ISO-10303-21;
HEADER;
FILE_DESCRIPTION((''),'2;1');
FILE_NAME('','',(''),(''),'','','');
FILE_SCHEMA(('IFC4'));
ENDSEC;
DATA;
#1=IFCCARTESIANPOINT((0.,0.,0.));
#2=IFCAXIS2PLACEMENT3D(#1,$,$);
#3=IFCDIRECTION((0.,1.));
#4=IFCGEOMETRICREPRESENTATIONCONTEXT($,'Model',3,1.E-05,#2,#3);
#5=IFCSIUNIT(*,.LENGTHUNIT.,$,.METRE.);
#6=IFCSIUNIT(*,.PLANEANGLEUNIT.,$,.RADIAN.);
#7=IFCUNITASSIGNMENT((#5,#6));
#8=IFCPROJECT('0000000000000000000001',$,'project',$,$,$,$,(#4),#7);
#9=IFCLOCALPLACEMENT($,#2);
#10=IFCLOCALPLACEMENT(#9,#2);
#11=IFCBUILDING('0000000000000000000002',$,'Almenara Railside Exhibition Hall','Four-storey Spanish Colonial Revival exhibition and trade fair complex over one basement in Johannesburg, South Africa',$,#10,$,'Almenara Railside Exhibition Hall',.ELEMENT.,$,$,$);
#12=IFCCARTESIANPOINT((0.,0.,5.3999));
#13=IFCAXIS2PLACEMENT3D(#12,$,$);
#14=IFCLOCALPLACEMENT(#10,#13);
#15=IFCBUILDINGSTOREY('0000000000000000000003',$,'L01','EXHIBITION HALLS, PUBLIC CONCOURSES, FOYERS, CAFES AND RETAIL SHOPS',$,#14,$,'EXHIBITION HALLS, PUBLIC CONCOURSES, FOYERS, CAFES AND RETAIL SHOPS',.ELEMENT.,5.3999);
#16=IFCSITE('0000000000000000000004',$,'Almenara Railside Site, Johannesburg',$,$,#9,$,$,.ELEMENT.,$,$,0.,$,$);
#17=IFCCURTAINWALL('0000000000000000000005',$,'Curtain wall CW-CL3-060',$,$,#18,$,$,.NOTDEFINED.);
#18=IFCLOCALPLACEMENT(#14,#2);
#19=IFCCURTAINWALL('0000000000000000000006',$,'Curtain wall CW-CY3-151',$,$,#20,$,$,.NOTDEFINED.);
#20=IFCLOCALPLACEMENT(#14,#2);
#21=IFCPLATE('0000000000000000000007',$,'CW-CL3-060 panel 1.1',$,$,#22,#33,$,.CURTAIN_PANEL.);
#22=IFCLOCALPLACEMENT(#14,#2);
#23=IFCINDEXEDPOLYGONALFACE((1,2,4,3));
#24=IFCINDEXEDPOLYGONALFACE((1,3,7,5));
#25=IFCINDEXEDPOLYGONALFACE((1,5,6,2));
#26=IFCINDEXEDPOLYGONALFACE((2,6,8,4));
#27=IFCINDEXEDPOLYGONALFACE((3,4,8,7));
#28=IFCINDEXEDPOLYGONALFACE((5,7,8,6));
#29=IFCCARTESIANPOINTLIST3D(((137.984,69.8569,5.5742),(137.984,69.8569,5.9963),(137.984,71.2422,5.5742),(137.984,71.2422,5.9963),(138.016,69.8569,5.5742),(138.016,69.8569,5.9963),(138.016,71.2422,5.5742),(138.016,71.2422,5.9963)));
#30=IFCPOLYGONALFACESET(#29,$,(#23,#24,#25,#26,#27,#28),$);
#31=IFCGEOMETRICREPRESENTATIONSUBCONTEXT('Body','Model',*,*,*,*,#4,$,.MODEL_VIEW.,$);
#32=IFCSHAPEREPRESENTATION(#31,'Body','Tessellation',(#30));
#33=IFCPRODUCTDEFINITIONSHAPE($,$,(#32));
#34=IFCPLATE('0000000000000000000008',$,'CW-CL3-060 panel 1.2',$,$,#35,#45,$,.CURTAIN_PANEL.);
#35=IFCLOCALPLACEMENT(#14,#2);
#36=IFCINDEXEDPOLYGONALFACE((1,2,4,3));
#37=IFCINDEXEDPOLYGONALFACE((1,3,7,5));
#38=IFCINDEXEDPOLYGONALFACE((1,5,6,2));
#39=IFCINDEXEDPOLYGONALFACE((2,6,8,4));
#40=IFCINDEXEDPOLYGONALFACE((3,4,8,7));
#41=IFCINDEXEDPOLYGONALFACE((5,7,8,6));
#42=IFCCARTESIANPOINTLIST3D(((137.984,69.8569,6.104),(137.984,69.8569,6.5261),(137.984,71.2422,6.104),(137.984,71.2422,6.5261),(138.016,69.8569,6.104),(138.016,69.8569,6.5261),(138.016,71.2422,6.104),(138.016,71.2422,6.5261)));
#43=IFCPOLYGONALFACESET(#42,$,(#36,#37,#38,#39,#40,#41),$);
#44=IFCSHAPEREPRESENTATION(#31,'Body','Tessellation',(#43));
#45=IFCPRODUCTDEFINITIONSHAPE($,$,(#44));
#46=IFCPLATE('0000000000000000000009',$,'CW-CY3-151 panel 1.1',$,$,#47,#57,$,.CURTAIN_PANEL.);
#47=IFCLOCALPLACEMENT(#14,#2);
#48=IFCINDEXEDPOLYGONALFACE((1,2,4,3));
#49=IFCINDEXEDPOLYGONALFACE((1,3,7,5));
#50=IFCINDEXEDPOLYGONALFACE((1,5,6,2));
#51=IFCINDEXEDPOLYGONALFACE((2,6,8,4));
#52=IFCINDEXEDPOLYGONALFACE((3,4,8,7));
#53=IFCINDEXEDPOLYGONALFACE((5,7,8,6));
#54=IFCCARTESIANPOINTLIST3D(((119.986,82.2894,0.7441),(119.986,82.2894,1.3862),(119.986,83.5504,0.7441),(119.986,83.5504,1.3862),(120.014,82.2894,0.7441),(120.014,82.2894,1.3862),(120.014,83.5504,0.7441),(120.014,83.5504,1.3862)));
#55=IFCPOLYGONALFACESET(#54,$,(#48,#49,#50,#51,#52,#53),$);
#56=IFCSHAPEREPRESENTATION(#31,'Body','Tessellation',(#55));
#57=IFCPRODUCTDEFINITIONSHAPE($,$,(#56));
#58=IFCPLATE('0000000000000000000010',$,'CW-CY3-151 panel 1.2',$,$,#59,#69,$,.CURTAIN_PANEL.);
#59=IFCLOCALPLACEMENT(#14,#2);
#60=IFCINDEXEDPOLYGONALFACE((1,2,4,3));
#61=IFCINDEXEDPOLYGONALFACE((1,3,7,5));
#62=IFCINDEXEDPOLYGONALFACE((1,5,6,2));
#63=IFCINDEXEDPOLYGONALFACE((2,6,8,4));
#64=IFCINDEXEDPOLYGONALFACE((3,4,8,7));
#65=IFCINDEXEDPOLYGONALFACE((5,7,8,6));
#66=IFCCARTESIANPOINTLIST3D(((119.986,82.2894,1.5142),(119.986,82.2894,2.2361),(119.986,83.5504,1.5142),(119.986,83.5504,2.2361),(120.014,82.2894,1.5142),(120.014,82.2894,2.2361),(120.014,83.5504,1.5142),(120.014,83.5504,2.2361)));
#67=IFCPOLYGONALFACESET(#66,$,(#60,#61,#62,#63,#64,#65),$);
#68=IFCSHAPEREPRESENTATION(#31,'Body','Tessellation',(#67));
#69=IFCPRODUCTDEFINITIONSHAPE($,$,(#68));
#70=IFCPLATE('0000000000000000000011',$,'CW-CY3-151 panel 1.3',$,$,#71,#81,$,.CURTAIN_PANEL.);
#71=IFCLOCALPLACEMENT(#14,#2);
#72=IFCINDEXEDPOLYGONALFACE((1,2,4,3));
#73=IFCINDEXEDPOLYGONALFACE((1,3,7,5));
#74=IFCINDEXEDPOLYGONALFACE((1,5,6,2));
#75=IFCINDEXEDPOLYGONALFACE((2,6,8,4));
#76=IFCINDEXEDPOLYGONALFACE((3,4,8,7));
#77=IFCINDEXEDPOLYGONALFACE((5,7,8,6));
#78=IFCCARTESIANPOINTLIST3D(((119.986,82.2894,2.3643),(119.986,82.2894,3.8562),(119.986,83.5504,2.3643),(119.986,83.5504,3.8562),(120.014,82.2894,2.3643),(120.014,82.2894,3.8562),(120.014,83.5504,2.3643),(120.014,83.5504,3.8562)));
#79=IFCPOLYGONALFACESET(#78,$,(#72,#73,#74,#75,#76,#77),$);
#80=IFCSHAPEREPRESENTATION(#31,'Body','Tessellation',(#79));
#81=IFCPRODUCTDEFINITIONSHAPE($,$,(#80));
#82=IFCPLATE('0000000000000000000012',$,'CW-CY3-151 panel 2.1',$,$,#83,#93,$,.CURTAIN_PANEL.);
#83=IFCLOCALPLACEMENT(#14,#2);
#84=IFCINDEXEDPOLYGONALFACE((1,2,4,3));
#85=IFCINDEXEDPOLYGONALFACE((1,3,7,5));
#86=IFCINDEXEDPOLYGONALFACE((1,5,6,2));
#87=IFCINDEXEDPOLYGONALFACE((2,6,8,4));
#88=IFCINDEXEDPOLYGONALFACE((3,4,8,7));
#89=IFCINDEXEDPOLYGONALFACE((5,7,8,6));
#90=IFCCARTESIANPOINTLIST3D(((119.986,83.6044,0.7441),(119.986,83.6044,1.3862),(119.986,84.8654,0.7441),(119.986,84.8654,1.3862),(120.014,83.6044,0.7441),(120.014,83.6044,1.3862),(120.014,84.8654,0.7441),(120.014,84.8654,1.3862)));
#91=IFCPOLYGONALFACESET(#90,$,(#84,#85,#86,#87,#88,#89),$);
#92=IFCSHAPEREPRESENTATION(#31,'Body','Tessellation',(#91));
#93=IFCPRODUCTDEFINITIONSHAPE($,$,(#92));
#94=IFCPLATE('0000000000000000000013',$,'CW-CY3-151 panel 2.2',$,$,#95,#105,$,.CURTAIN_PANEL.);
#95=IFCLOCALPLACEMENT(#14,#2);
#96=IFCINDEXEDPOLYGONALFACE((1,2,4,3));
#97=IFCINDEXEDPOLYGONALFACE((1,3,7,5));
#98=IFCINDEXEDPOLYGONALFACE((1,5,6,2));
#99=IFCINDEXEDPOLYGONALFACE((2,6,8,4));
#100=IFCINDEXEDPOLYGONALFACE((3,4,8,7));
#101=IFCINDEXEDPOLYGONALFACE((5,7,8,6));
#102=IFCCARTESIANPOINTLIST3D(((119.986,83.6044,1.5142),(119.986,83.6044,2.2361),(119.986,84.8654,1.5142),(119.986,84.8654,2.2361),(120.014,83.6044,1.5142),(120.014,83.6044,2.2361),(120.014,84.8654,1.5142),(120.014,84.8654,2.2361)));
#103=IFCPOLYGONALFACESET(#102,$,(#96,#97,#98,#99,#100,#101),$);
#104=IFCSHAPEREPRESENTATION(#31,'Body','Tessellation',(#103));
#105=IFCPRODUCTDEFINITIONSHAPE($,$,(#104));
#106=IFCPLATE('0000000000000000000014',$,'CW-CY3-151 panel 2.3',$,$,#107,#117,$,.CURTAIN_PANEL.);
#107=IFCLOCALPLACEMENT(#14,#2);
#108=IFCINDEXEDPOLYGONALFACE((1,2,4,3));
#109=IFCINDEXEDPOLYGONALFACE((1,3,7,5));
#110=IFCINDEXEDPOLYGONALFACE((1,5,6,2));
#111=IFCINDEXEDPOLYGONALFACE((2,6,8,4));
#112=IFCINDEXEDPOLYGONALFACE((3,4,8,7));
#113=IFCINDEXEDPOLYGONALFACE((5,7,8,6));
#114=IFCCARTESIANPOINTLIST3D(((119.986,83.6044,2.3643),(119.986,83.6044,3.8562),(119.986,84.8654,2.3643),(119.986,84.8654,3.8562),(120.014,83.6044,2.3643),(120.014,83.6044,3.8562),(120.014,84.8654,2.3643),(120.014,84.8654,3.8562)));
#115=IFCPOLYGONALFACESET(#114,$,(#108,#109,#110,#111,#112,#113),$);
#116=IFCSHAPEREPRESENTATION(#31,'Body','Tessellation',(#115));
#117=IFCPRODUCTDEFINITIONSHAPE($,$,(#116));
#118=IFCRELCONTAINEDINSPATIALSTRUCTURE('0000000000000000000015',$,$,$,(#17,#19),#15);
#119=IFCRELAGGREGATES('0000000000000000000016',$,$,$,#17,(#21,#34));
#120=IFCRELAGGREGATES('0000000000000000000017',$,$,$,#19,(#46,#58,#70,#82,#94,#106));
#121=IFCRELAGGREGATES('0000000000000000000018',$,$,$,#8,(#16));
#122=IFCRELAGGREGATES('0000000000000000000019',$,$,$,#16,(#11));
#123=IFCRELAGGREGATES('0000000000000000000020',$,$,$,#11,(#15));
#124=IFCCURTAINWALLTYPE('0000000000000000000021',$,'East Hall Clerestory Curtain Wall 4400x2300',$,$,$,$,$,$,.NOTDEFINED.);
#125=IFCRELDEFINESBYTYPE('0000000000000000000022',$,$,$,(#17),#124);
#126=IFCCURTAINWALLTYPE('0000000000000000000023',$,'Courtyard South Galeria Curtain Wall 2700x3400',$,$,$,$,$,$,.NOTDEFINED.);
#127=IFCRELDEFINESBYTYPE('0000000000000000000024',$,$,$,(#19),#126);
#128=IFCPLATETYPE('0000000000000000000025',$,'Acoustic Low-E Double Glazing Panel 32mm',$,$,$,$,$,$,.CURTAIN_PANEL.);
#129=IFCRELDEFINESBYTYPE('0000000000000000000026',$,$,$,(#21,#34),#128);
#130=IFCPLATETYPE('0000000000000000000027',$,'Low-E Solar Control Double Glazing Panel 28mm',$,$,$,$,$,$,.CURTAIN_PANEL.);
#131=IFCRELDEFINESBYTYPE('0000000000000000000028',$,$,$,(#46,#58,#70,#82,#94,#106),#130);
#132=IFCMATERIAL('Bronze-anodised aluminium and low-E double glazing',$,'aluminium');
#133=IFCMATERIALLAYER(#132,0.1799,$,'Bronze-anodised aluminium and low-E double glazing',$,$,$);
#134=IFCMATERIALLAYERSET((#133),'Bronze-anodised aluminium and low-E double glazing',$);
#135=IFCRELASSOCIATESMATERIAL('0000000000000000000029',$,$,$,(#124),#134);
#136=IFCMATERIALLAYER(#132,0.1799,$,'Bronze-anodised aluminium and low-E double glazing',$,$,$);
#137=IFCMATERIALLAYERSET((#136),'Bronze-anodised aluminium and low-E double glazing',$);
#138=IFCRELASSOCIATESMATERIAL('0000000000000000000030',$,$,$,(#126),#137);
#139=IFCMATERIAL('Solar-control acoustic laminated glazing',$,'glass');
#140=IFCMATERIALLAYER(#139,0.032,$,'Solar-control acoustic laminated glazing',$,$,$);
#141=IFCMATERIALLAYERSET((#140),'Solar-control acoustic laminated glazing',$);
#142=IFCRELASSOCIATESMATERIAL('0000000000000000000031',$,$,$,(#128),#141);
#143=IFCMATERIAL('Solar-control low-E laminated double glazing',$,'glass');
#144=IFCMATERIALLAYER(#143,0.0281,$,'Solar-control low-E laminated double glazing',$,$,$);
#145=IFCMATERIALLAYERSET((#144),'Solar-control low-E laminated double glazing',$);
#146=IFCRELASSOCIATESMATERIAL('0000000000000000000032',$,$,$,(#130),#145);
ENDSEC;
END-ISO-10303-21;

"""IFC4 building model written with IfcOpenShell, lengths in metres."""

from ifc_helpers import new_model, si_unit, direction, frame, origin, origin_2d, place, context, subcontext, project, spatial, rectangle, extrude, material, layer, layer_set, type_object, element, aggregate, save


model = new_model("IFC4")

# Units and contexts
model_context = context("Model", 3, precision=1e-05, world=origin(), true_north=direction((0.0, 1.0)))
body_context = subcontext(model_context, "Body", "Model", "MODEL_VIEW")
ifc_project = project(units=[si_unit("LENGTHUNIT", "METRE"), si_unit("PLANEANGLEUNIT", "RADIAN")], contexts=[model_context])

# Site, building, storey
site_placement = place(None, origin())
site = spatial("IfcSite", under=ifc_project, at=site_placement, Name="Almenara Railside Site, Johannesburg", CompositionType="ELEMENT", RefElevation=0.0)
building_placement = place(site_placement, origin())
building = spatial("IfcBuilding", under=site, at=building_placement, Name="Almenara Railside Exhibition Hall", Description="Four-storey Spanish Colonial Revival exhibition and trade fair complex over one basement in Johannesburg, South Africa", LongName="Almenara Railside Exhibition Hall", CompositionType="ELEMENT")
storey_placement = place(building_placement, frame((0.0, 0.0, 5.3999)))
storey = spatial("IfcBuildingStorey", under=building, at=storey_placement, Name="L01", Description="EXHIBITION HALLS, PUBLIC CONCOURSES, FOYERS, CAFES AND RETAIL SHOPS", LongName="EXHIBITION HALLS, PUBLIC CONCOURSES, FOYERS, CAFES AND RETAIL SHOPS", CompositionType="ELEMENT", Elevation=5.3999)

# Curtain wall
ifc_material_1 = material(Name="Bronze-anodised aluminium and low-E double glazing", Category="aluminium")
ifc_layer_1 = layer(ifc_material_1, 0.1799, Name="Bronze-anodised aluminium and low-E double glazing")
ifc_layer_set_1 = layer_set([ifc_layer_1], Name="Bronze-anodised aluminium and low-E double glazing")
curtain_wall_type_1 = type_object("IfcCurtainWallType", Name="East Hall Clerestory Curtain Wall 4400x2300", PredefinedType="NOTDEFINED", material=ifc_layer_set_1)
curtain_wall_1_placement = place(storey_placement, origin())
curtain_wall_1 = element("IfcCurtainWall", 1, at=curtain_wall_1_placement, inside=storey, type_object=curtain_wall_type_1, Name="Curtain wall CW-CL3-060", PredefinedType="NOTDEFINED")

# Curtain wall
ifc_layer_2 = layer(ifc_material_1, 0.1799, Name="Bronze-anodised aluminium and low-E double glazing")
ifc_layer_set_2 = layer_set([ifc_layer_2], Name="Bronze-anodised aluminium and low-E double glazing")
curtain_wall_type_2 = type_object("IfcCurtainWallType", Name="Courtyard South Galeria Curtain Wall 2700x3400", PredefinedType="NOTDEFINED", material=ifc_layer_set_2)
curtain_wall_2_placement = place(storey_placement, origin())
curtain_wall_2 = element("IfcCurtainWall", 2, at=curtain_wall_2_placement, inside=storey, type_object=curtain_wall_type_2, Name="Curtain wall CW-CY3-151", PredefinedType="NOTDEFINED")

# Plates
ifc_material_2 = material(Name="Solar-control acoustic laminated glazing", Category="glass")
ifc_layer_3 = layer(ifc_material_2, 0.032, Name="Solar-control acoustic laminated glazing")
ifc_layer_set_3 = layer_set([ifc_layer_3], Name="Solar-control acoustic laminated glazing")
plate_type_1 = type_object("IfcPlateType", Name="Acoustic Low-E Double Glazing Panel 32mm", PredefinedType="CURTAIN_PANEL", material=ifc_layer_set_3)
plate_1_placement = place(storey_placement, frame((138.0, 70.5496, 5.5742), z_axis=(0.0, 0.0, 1.0), x_axis=(0.0, 1.0, 0.0)))
plate_1 = element("IfcPlate", 3, at=plate_1_placement, type_object=plate_type_1, Name="CW-CL3-060 panel 1.1", PredefinedType="CURTAIN_PANEL", context=body_context, shape_type="SweptSolid", body=[
    extrude(rectangle(XDim=1.3853, YDim=0.032, at=origin_2d()), origin(), (0.0, 0.0, 1.0), 0.4221),
])
plate_2_placement = place(storey_placement, frame((138.0, 70.5496, 6.104), z_axis=(0.0, 0.0, 1.0), x_axis=(0.0, 1.0, 0.0)))
plate_2 = element("IfcPlate", 4, at=plate_2_placement, type_object=plate_type_1, Name="CW-CL3-060 panel 1.2", PredefinedType="CURTAIN_PANEL", context=body_context, shape_type="SweptSolid", body=[
    extrude(rectangle(XDim=1.3853, YDim=0.032, at=origin_2d()), origin(), (0.0, 0.0, 1.0), 0.4221),
])
aggregate(curtain_wall_1, [plate_1, plate_2])
ifc_material_3 = material(Name="Solar-control low-E laminated double glazing", Category="glass")
ifc_layer_4 = layer(ifc_material_3, 0.0281, Name="Solar-control low-E laminated double glazing")
ifc_layer_set_4 = layer_set([ifc_layer_4], Name="Solar-control low-E laminated double glazing")
plate_type_2 = type_object("IfcPlateType", Name="Low-E Solar Control Double Glazing Panel 28mm", PredefinedType="CURTAIN_PANEL", material=ifc_layer_set_4)
plate_3_placement = place(storey_placement, frame((120.0, 82.9199, 0.7441), z_axis=(0.0, 0.0, 1.0), x_axis=(0.0, 1.0, 0.0)))
plate_3 = element("IfcPlate", 5, at=plate_3_placement, type_object=plate_type_2, Name="CW-CY3-151 panel 1.1", PredefinedType="CURTAIN_PANEL", context=body_context, shape_type="SweptSolid", body=[
    extrude(rectangle(XDim=1.261, YDim=0.0281, at=origin_2d()), origin(), (0.0, 0.0, 1.0), 0.6421),
])
plate_4_placement = place(storey_placement, frame((120.0, 82.9199, 1.5142), z_axis=(0.0, 0.0, 1.0), x_axis=(0.0, 1.0, 0.0)))
plate_4 = element("IfcPlate", 6, at=plate_4_placement, type_object=plate_type_2, Name="CW-CY3-151 panel 1.2", PredefinedType="CURTAIN_PANEL", context=body_context, shape_type="SweptSolid", body=[
    extrude(rectangle(XDim=1.261, YDim=0.0281, at=origin_2d()), origin(), (0.0, 0.0, 1.0), 0.7219),
])
plate_5_placement = place(storey_placement, frame((120.0, 82.9199, 2.3643), z_axis=(0.0, 0.0, 1.0), x_axis=(0.0, 1.0, 0.0)))
plate_5 = element("IfcPlate", 7, at=plate_5_placement, type_object=plate_type_2, Name="CW-CY3-151 panel 1.3", PredefinedType="CURTAIN_PANEL", context=body_context, shape_type="SweptSolid", body=[
    extrude(rectangle(XDim=1.261, YDim=0.0281, at=origin_2d()), origin(), (0.0, 0.0, 1.0), 1.4919),
])
plate_6_placement = place(storey_placement, frame((120.0, 84.2349, 0.7441), z_axis=(0.0, 0.0, 1.0), x_axis=(0.0, 1.0, 0.0)))
plate_6 = element("IfcPlate", 8, at=plate_6_placement, type_object=plate_type_2, Name="CW-CY3-151 panel 2.1", PredefinedType="CURTAIN_PANEL", context=body_context, shape_type="SweptSolid", body=[
    extrude(rectangle(XDim=1.261, YDim=0.0281, at=origin_2d()), origin(), (0.0, 0.0, 1.0), 0.6421),
])
plate_7_placement = place(storey_placement, frame((120.0, 84.2349, 1.5142), z_axis=(0.0, 0.0, 1.0), x_axis=(0.0, 1.0, 0.0)))
plate_7 = element("IfcPlate", 9, at=plate_7_placement, type_object=plate_type_2, Name="CW-CY3-151 panel 2.2", PredefinedType="CURTAIN_PANEL", context=body_context, shape_type="SweptSolid", body=[
    extrude(rectangle(XDim=1.261, YDim=0.0281, at=origin_2d()), origin(), (0.0, 0.0, 1.0), 0.7219),
])
plate_8_placement = place(storey_placement, frame((120.0, 84.2349, 2.3643), z_axis=(0.0, 0.0, 1.0), x_axis=(0.0, 1.0, 0.0)))
plate_8 = element("IfcPlate", 10, at=plate_8_placement, type_object=plate_type_2, Name="CW-CY3-151 panel 2.3", PredefinedType="CURTAIN_PANEL", context=body_context, shape_type="SweptSolid", body=[
    extrude(rectangle(XDim=1.261, YDim=0.0281, at=origin_2d()), origin(), (0.0, 0.0, 1.0), 1.4919),
])
aggregate(curtain_wall_2, [plate_3, plate_4, plate_5, plate_6, plate_7, plate_8])

save(model, "model.ifc")
